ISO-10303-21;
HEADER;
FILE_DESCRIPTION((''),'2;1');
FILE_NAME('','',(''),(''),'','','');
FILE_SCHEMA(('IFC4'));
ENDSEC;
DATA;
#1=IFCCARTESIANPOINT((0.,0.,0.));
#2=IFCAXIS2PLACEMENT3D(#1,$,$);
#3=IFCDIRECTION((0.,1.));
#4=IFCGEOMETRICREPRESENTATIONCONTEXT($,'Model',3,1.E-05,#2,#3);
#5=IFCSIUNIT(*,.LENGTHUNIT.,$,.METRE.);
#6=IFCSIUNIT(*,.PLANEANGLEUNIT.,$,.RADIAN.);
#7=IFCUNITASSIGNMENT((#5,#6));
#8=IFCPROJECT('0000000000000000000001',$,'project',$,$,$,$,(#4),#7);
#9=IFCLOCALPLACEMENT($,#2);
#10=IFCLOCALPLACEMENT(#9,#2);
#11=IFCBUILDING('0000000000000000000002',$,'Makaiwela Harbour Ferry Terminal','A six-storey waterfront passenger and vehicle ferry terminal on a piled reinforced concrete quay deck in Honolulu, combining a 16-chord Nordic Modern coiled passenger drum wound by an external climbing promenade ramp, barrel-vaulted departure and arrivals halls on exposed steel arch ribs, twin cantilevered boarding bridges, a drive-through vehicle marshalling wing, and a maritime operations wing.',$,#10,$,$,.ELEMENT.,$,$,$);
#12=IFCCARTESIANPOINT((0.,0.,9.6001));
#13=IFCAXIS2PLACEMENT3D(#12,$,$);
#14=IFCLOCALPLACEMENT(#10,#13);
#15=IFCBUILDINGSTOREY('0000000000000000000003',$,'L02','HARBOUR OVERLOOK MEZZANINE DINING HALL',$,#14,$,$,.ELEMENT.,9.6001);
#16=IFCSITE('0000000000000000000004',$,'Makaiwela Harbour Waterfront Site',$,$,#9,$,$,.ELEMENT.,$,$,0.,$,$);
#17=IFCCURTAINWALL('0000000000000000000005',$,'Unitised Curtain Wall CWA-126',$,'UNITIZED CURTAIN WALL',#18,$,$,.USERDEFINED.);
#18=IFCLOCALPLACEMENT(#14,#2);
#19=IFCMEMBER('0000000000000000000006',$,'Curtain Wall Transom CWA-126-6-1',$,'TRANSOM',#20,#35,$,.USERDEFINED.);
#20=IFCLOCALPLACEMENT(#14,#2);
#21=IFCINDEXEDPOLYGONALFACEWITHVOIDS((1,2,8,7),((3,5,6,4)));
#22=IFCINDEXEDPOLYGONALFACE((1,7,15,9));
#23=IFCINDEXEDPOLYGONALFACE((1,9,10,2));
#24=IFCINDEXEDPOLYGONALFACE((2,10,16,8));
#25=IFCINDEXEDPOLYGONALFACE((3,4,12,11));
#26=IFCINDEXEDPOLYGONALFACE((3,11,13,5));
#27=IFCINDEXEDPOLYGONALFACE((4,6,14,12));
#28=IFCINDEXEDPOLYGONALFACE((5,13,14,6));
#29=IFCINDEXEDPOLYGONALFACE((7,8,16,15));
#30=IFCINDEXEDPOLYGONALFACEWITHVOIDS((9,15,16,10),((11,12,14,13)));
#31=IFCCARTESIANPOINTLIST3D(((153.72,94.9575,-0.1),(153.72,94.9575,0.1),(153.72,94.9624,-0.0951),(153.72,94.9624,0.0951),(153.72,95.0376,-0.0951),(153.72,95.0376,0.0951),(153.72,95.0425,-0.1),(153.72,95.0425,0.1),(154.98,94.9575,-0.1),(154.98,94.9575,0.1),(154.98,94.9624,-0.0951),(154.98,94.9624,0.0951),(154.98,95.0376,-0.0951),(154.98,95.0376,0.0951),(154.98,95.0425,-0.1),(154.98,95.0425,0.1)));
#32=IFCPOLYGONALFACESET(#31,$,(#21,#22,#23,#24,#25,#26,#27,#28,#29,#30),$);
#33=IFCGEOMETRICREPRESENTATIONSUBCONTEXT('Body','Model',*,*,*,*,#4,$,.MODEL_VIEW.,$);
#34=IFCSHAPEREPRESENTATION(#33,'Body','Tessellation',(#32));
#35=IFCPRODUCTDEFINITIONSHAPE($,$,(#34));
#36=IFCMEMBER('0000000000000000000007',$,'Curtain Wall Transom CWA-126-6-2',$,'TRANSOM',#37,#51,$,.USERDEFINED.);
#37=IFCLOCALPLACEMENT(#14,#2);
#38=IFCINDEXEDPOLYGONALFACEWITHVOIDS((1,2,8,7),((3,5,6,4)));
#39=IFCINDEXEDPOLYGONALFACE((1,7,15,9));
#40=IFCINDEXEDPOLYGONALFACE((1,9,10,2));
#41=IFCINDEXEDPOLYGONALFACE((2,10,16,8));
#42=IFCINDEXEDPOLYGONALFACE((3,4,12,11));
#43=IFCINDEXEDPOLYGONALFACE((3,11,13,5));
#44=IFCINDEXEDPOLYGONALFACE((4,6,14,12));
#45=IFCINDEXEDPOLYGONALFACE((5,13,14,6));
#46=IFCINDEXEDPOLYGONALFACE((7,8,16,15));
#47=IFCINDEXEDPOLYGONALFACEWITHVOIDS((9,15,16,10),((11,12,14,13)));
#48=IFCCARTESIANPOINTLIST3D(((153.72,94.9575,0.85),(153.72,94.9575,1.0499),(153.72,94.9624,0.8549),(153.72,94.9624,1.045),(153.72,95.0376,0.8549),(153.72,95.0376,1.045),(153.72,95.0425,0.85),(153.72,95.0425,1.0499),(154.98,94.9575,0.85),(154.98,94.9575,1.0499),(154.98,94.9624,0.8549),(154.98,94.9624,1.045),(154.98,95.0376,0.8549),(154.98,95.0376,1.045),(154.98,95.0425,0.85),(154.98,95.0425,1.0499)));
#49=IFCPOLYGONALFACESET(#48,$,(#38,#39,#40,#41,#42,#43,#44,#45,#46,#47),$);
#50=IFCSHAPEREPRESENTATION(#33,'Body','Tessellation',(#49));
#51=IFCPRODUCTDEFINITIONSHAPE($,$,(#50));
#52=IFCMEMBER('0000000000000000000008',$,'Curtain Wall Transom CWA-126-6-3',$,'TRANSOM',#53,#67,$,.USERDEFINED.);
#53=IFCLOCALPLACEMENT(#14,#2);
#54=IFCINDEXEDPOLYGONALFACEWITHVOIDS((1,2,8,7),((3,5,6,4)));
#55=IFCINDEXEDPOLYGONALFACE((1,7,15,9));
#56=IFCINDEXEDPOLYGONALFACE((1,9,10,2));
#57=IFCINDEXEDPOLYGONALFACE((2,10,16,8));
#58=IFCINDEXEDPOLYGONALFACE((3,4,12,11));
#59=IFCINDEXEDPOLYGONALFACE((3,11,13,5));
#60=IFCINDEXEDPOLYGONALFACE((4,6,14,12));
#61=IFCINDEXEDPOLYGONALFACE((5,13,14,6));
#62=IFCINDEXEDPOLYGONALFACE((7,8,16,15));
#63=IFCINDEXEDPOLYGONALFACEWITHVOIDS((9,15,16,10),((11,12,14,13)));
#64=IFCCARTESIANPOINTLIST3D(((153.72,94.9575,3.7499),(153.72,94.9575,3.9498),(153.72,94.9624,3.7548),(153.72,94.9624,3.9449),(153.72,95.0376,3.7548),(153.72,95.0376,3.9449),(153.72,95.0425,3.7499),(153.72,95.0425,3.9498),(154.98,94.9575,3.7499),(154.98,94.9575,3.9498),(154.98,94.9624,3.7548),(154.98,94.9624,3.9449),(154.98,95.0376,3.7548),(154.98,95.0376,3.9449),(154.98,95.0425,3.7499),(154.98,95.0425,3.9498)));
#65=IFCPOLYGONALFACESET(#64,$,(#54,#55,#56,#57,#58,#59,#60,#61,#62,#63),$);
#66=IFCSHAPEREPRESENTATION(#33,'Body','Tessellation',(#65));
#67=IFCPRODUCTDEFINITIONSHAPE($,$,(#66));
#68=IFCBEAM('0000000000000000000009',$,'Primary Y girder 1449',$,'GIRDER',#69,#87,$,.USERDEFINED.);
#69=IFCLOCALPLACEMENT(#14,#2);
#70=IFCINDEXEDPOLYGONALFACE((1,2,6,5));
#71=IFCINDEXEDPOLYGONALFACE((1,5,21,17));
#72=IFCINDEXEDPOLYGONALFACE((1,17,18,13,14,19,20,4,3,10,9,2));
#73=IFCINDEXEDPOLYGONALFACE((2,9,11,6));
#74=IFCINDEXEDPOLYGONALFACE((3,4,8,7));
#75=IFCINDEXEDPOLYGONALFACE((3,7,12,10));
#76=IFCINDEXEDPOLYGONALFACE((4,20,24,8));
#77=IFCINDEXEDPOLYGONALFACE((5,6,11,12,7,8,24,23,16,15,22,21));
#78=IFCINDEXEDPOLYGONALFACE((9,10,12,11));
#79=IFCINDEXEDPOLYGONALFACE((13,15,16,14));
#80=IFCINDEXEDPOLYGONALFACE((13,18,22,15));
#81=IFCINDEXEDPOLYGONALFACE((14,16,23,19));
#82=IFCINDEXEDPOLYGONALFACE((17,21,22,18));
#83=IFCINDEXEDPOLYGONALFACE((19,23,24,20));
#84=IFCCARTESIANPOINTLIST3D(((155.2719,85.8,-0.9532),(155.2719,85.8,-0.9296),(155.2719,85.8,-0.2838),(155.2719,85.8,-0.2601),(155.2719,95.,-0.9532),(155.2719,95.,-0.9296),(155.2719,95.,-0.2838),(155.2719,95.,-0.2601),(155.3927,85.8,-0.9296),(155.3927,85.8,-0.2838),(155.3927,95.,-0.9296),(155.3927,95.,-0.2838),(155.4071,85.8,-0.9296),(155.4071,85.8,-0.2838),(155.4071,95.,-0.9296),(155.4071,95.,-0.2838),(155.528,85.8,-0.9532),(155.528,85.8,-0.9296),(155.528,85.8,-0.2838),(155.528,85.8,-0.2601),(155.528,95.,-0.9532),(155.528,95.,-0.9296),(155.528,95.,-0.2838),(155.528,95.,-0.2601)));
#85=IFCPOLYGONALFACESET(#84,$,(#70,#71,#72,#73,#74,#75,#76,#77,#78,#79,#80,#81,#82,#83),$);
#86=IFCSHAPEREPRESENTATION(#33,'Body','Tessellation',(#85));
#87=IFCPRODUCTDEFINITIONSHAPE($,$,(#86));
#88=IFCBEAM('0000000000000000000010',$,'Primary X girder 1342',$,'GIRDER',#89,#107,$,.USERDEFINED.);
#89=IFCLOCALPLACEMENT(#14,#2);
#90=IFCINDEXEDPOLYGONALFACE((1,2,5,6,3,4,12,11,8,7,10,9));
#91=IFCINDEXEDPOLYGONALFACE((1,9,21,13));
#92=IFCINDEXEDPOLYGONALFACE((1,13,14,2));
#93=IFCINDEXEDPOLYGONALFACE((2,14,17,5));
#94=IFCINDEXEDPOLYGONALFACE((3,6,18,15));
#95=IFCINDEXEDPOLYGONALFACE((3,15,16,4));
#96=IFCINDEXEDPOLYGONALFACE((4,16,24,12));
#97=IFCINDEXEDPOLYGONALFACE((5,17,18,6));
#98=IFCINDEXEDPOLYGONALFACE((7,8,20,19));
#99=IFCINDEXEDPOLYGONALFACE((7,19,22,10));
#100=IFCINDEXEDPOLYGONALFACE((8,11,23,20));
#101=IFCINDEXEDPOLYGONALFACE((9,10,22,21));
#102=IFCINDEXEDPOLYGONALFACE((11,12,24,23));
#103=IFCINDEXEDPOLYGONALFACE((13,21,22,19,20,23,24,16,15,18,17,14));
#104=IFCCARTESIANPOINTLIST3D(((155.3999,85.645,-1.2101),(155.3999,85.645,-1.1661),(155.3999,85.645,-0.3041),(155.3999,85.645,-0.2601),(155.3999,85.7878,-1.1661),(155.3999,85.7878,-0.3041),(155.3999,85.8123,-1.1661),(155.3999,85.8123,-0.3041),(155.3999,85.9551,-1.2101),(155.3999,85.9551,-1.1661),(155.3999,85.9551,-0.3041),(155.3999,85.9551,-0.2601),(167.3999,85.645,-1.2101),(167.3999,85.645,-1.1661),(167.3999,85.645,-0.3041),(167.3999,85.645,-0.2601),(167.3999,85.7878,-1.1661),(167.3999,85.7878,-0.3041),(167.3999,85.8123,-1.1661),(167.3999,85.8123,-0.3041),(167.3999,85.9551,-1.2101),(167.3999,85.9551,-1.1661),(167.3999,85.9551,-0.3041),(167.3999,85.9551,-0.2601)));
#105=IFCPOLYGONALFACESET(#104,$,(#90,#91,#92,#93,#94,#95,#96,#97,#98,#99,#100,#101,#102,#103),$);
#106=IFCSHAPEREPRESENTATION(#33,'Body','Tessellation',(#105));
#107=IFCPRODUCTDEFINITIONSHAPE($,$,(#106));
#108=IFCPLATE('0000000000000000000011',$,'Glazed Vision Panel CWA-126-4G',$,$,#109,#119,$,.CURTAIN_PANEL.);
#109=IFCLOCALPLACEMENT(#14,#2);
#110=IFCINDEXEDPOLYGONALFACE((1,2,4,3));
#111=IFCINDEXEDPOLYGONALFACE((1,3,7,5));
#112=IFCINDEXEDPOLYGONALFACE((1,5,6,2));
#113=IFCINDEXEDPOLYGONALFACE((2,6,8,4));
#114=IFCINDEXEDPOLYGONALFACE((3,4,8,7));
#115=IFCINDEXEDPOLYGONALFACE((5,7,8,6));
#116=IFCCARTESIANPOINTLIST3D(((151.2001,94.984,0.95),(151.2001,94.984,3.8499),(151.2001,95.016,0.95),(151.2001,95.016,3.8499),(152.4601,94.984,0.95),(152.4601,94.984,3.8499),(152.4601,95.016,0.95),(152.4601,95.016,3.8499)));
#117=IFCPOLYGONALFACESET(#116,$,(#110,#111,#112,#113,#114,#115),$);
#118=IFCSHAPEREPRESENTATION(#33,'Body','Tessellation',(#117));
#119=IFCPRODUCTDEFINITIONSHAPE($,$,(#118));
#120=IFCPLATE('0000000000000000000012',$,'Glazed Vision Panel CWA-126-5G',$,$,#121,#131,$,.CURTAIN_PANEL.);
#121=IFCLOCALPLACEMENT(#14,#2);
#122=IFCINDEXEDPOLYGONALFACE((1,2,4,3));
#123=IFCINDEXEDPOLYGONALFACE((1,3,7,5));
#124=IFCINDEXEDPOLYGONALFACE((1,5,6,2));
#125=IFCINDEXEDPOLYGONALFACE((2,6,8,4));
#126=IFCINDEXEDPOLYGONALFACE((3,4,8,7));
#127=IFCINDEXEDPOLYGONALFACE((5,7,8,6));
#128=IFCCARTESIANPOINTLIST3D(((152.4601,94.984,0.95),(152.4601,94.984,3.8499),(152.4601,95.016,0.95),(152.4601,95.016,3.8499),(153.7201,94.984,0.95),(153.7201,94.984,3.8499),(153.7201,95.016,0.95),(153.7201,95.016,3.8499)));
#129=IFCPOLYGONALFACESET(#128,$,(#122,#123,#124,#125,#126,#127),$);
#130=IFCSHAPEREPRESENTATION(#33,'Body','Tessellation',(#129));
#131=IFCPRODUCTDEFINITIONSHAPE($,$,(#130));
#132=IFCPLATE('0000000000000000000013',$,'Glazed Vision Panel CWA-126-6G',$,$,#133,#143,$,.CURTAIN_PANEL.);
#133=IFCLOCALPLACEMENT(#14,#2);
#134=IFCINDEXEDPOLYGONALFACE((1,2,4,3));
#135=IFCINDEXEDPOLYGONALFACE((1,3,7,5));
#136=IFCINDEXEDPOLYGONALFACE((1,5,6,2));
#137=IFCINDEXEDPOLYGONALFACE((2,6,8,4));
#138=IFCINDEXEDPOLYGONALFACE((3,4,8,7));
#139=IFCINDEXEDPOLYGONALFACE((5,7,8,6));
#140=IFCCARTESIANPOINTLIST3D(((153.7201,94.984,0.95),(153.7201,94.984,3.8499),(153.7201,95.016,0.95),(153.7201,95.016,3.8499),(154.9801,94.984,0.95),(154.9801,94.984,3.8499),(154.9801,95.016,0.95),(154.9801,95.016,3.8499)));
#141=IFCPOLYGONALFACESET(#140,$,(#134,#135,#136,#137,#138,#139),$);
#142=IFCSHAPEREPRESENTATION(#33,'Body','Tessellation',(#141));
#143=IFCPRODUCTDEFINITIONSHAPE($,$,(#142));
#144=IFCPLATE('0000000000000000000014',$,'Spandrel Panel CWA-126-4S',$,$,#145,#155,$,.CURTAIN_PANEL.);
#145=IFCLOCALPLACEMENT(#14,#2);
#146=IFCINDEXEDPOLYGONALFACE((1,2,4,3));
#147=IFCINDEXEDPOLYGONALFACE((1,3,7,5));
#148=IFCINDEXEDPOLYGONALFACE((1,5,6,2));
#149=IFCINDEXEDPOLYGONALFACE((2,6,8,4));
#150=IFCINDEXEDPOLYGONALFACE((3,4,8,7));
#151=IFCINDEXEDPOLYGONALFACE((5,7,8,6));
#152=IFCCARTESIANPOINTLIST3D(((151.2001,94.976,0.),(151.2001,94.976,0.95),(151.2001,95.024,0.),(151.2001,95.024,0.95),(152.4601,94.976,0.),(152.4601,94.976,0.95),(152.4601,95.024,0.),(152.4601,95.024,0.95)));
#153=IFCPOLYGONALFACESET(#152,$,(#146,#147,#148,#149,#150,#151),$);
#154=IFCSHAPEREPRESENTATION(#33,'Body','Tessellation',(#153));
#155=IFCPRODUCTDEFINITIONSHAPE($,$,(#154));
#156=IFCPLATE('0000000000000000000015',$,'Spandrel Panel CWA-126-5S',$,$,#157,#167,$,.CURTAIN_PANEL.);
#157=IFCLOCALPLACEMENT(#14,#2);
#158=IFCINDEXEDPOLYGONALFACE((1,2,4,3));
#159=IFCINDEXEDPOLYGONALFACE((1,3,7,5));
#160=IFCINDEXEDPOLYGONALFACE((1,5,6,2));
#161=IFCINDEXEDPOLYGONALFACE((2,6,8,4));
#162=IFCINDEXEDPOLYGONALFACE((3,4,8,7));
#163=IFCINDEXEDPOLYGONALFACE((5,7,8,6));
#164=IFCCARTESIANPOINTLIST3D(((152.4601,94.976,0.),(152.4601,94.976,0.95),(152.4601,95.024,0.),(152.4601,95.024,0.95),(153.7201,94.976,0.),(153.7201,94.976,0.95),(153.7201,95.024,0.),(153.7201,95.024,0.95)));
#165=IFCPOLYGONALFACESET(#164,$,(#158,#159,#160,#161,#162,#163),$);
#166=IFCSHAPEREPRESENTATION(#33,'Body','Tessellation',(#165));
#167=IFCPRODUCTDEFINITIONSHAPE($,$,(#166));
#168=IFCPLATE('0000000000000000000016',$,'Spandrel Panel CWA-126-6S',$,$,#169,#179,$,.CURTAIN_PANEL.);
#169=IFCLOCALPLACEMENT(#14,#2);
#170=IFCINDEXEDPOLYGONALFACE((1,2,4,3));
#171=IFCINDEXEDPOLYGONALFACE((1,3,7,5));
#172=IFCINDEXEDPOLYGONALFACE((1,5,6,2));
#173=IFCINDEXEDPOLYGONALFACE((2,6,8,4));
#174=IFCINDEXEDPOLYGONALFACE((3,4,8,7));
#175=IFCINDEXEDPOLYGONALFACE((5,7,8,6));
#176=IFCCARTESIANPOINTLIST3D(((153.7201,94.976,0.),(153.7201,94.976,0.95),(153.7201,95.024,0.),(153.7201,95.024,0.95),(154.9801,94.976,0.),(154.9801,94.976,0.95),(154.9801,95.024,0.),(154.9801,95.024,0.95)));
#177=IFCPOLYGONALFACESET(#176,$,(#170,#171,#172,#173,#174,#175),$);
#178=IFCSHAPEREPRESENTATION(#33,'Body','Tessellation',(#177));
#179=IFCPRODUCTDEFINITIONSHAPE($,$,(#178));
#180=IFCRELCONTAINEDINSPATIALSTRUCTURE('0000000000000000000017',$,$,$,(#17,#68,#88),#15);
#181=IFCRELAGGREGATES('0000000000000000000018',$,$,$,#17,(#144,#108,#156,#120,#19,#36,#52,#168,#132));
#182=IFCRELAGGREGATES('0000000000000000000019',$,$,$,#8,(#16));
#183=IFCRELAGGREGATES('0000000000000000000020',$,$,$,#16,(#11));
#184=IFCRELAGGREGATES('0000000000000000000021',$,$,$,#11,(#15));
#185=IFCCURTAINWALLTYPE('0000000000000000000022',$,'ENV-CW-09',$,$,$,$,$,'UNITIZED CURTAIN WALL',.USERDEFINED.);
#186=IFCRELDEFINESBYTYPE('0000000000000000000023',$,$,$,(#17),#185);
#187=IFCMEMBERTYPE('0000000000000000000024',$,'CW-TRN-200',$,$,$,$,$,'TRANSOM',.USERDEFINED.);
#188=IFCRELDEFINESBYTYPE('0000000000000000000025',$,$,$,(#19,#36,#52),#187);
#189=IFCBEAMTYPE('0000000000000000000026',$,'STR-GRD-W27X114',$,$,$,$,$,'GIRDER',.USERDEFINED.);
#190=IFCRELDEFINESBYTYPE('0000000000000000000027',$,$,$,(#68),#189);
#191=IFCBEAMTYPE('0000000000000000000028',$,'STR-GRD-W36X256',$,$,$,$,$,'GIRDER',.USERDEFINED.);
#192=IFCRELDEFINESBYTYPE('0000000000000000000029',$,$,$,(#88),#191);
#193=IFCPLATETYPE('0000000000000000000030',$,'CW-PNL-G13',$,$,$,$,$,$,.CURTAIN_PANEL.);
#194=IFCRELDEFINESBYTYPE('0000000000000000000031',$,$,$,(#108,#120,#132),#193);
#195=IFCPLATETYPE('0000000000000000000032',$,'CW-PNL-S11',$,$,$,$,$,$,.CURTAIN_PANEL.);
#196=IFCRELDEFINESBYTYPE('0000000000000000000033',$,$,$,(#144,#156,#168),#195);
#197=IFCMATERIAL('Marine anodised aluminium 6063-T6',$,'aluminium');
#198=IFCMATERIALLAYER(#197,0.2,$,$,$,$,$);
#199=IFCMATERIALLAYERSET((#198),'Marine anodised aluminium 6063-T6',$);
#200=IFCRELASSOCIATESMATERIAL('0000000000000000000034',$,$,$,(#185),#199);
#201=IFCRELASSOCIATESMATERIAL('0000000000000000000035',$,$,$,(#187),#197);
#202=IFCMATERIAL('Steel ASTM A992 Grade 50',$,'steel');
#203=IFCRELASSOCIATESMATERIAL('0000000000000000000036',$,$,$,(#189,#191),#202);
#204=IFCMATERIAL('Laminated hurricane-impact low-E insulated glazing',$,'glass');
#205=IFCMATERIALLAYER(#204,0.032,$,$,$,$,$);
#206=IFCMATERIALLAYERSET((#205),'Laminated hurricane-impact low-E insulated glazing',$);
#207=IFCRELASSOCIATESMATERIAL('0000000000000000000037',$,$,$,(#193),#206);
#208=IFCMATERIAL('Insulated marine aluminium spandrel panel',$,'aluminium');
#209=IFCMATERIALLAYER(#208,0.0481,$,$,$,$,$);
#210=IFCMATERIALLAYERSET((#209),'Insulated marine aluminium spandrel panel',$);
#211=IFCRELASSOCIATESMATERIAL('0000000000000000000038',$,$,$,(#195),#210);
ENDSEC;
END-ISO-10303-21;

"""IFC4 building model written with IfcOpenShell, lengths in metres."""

from ifc_helpers import new_model, si_unit, direction, frame, origin, origin_2d, place, context, subcontext, project, spatial, rectangle, hollow_rectangle, i_section, extrude, material, layer, layer_set, material_profile, profile_set, type_object, element, aggregate, save


model = new_model("IFC4")

# Units and contexts
model_context = context("Model", 3, precision=1e-05, world=origin(), true_north=direction((0.0, 1.0)))
body_context = subcontext(model_context, "Body", "Model", "MODEL_VIEW")
ifc_project = project(units=[si_unit("LENGTHUNIT", "METRE"), si_unit("PLANEANGLEUNIT", "RADIAN")], contexts=[model_context])

# Site, building, storey
site_placement = place(None, origin())
site = spatial("IfcSite", under=ifc_project, at=site_placement, Name="Makaiwela Harbour Waterfront Site", CompositionType="ELEMENT", RefElevation=0.0)
building_placement = place(site_placement, origin())
building = spatial("IfcBuilding", under=site, at=building_placement, Name="Makaiwela Harbour Ferry Terminal", Description="A six-storey waterfront passenger and vehicle ferry terminal on a piled reinforced concrete quay deck in Honolulu, combining a 16-chord Nordic Modern coiled passenger drum wound by an external climbing promenade ramp, barrel-vaulted departure and arrivals halls on exposed steel arch ribs, twin cantilevered boarding bridges, a drive-through vehicle marshalling wing, and a maritime operations wing.", CompositionType="ELEMENT")
storey_placement = place(building_placement, frame((0.0, 0.0, 9.6001)))
storey = spatial("IfcBuildingStorey", under=building, at=storey_placement, Name="L02", Description="HARBOUR OVERLOOK MEZZANINE DINING HALL", CompositionType="ELEMENT", Elevation=9.6001)

# Shared definitions
ifc_material_1 = material(Name="Steel ASTM A992 Grade 50", Category="steel")

# Curtain wall, members
ifc_material_2 = material(Name="Marine anodised aluminium 6063-T6", Category="aluminium")
ifc_layer_1 = layer(ifc_material_2, 0.2)
ifc_layer_set_1 = layer_set([ifc_layer_1], Name="Marine anodised aluminium 6063-T6")
curtain_wall_type = type_object("IfcCurtainWallType", Name="ENV-CW-09", ElementType="UNITIZED CURTAIN WALL", PredefinedType="USERDEFINED", material=ifc_layer_set_1)
curtain_wall_placement = place(storey_placement, origin())
curtain_wall = element("IfcCurtainWall", 1, at=curtain_wall_placement, inside=storey, type_object=curtain_wall_type, Name="Unitised Curtain Wall CWA-126", ObjectType="UNITIZED CURTAIN WALL", PredefinedType="USERDEFINED")
ifc_material_profile_1 = material_profile(ifc_material_2, hollow_rectangle(XDim=0.085, YDim=0.2, WallThickness=0.0049, at=origin_2d()), Name="CWT-200X85")
ifc_profile_set_1 = profile_set([ifc_material_profile_1], Name="Marine anodised aluminium 6063-T6")
member_type_1 = type_object("IfcMemberType", Name="CW-TRN-200", ElementType="TRANSOM", PredefinedType="USERDEFINED", material=ifc_profile_set_1)
member_1_placement = place(storey_placement, frame((153.72, 95.0, 0.0), z_axis=(1.0, 0.0, 0.0), x_axis=(0.0, 1.0, 0.0)))
member_1 = element("IfcMember", 2, at=member_1_placement, type_object=member_type_1, Name="Curtain Wall Transom CWA-126-6-1", ObjectType="TRANSOM", PredefinedType="USERDEFINED", context=body_context, shape_type="SweptSolid", body=[
    extrude(hollow_rectangle(XDim=0.085, YDim=0.2, WallThickness=0.0049, at=origin_2d()), origin(), (0.0, 0.0, 1.0), 1.26),
])
member_2_placement = place(storey_placement, frame((153.72, 95.0, 0.95), z_axis=(1.0, 0.0, 0.0), x_axis=(0.0, 1.0, 0.0)))
member_2 = element("IfcMember", 3, at=member_2_placement, type_object=member_type_1, Name="Curtain Wall Transom CWA-126-6-2", ObjectType="TRANSOM", PredefinedType="USERDEFINED", context=body_context, shape_type="SweptSolid", body=[
    extrude(hollow_rectangle(XDim=0.085, YDim=0.2, WallThickness=0.0049, at=origin_2d()), origin(), (0.0, 0.0, 1.0), 1.26),
])
member_3_placement = place(storey_placement, frame((153.72, 95.0, 3.8499), z_axis=(1.0, 0.0, 0.0), x_axis=(0.0, 1.0, 0.0)))
member_3 = element("IfcMember", 4, at=member_3_placement, type_object=member_type_1, Name="Curtain Wall Transom CWA-126-6-3", ObjectType="TRANSOM", PredefinedType="USERDEFINED", context=body_context, shape_type="SweptSolid", body=[
    extrude(hollow_rectangle(XDim=0.085, YDim=0.2, WallThickness=0.0049, at=origin_2d()), origin(), (0.0, 0.0, 1.0), 1.26),
])

# Beams
ifc_material_profile_2 = material_profile(ifc_material_1, i_section(OverallWidth=0.2561, OverallDepth=0.6931, WebThickness=0.0144, FlangeThickness=0.0237, at=origin_2d()), Name="W27X114")
ifc_profile_set_2 = profile_set([ifc_material_profile_2], Name="Steel ASTM A992 Grade 50")
beam_type_1 = type_object("IfcBeamType", Name="STR-GRD-W27X114", ElementType="GIRDER", PredefinedType="USERDEFINED", material=ifc_profile_set_2)
beam_1_placement = place(storey_placement, frame((155.3999, 85.8, -0.6067), z_axis=(0.0, 1.0, 0.0), x_axis=(-1.0, 0.0, 0.0)))
element("IfcBeam", 5, at=beam_1_placement, inside=storey, type_object=beam_type_1, Name="Primary Y girder 1449", ObjectType="GIRDER", PredefinedType="USERDEFINED", context=body_context, shape_type="SweptSolid", body=[
    extrude(i_section(OverallWidth=0.2561, OverallDepth=0.6931, WebThickness=0.0144, FlangeThickness=0.0237, at=origin_2d()), origin(), (0.0, 0.0, 1.0), 9.2),
])
ifc_material_profile_3 = material_profile(ifc_material_1, i_section(OverallWidth=0.3101, OverallDepth=0.95, WebThickness=0.0244, FlangeThickness=0.0439, at=origin_2d()), Name="W36X256")
ifc_profile_set_3 = profile_set([ifc_material_profile_3], Name="Steel ASTM A992 Grade 50")
beam_type_2 = type_object("IfcBeamType", Name="STR-GRD-W36X256", ElementType="GIRDER", PredefinedType="USERDEFINED", material=ifc_profile_set_3)
beam_2_placement = place(storey_placement, frame((155.3999, 85.8, -0.7351), z_axis=(1.0, 0.0, 0.0), x_axis=(0.0, 1.0, 0.0)))
element("IfcBeam", 6, at=beam_2_placement, inside=storey, type_object=beam_type_2, Name="Primary X girder 1342", ObjectType="GIRDER", PredefinedType="USERDEFINED", context=body_context, shape_type="SweptSolid", body=[
    extrude(i_section(OverallWidth=0.3101, OverallDepth=0.95, WebThickness=0.0244, FlangeThickness=0.0439, at=origin_2d()), origin(), (0.0, 0.0, 1.0), 12.0),
])

# Plates
ifc_material_3 = material(Name="Laminated hurricane-impact low-E insulated glazing", Category="glass")
ifc_layer_2 = layer(ifc_material_3, 0.032)
ifc_layer_set_2 = layer_set([ifc_layer_2], Name="Laminated hurricane-impact low-E insulated glazing")
plate_type_1 = type_object("IfcPlateType", Name="CW-PNL-G13", PredefinedType="CURTAIN_PANEL", material=ifc_layer_set_2)
plate_1_placement = place(storey_placement, frame((151.8301, 95.0, 0.95), z_axis=(0.0, 0.0, 1.0), x_axis=(1.0, 0.0, 0.0)))
plate_1 = element("IfcPlate", 7, at=plate_1_placement, type_object=plate_type_1, Name="Glazed Vision Panel CWA-126-4G", PredefinedType="CURTAIN_PANEL", context=body_context, shape_type="SweptSolid", body=[
    extrude(rectangle(XDim=1.26, YDim=0.032, at=origin_2d()), origin(), (0.0, 0.0, 1.0), 2.8999),
])
plate_2_placement = place(storey_placement, frame((153.0901, 95.0, 0.95), z_axis=(0.0, 0.0, 1.0), x_axis=(1.0, 0.0, 0.0)))
plate_2 = element("IfcPlate", 8, at=plate_2_placement, type_object=plate_type_1, Name="Glazed Vision Panel CWA-126-5G", PredefinedType="CURTAIN_PANEL", context=body_context, shape_type="SweptSolid", body=[
    extrude(rectangle(XDim=1.26, YDim=0.032, at=origin_2d()), origin(), (0.0, 0.0, 1.0), 2.8999),
])
plate_3_placement = place(storey_placement, frame((154.3501, 95.0, 0.95), z_axis=(0.0, 0.0, 1.0), x_axis=(1.0, 0.0, 0.0)))
plate_3 = element("IfcPlate", 9, at=plate_3_placement, type_object=plate_type_1, Name="Glazed Vision Panel CWA-126-6G", PredefinedType="CURTAIN_PANEL", context=body_context, shape_type="SweptSolid", body=[
    extrude(rectangle(XDim=1.26, YDim=0.032, at=origin_2d()), origin(), (0.0, 0.0, 1.0), 2.8999),
])
ifc_material_4 = material(Name="Insulated marine aluminium spandrel panel", Category="aluminium")
ifc_layer_3 = layer(ifc_material_4, 0.0481)
ifc_layer_set_3 = layer_set([ifc_layer_3], Name="Insulated marine aluminium spandrel panel")
plate_type_2 = type_object("IfcPlateType", Name="CW-PNL-S11", PredefinedType="CURTAIN_PANEL", material=ifc_layer_set_3)
plate_4_placement = place(storey_placement, frame((151.8301, 95.0, 0.0), z_axis=(0.0, 0.0, 1.0), x_axis=(1.0, 0.0, 0.0)))
plate_4 = element("IfcPlate", 10, at=plate_4_placement, type_object=plate_type_2, Name="Spandrel Panel CWA-126-4S", PredefinedType="CURTAIN_PANEL", context=body_context, shape_type="SweptSolid", body=[
    extrude(rectangle(XDim=1.26, YDim=0.0481, at=origin_2d()), origin(), (0.0, 0.0, 1.0), 0.95),
])
plate_5_placement = place(storey_placement, frame((153.0901, 95.0, 0.0), z_axis=(0.0, 0.0, 1.0), x_axis=(1.0, 0.0, 0.0)))
plate_5 = element("IfcPlate", 11, at=plate_5_placement, type_object=plate_type_2, Name="Spandrel Panel CWA-126-5S", PredefinedType="CURTAIN_PANEL", context=body_context, shape_type="SweptSolid", body=[
    extrude(rectangle(XDim=1.26, YDim=0.0481, at=origin_2d()), origin(), (0.0, 0.0, 1.0), 0.95),
])
plate_6_placement = place(storey_placement, frame((154.3501, 95.0, 0.0), z_axis=(0.0, 0.0, 1.0), x_axis=(1.0, 0.0, 0.0)))
plate_6 = element("IfcPlate", 12, at=plate_6_placement, type_object=plate_type_2, Name="Spandrel Panel CWA-126-6S", PredefinedType="CURTAIN_PANEL", context=body_context, shape_type="SweptSolid", body=[
    extrude(rectangle(XDim=1.26, YDim=0.0481, at=origin_2d()), origin(), (0.0, 0.0, 1.0), 0.95),
])
aggregate(curtain_wall, [plate_4, plate_1, plate_5, plate_2, member_1, member_2, member_3, plate_6, plate_3])

save(model, "model.ifc")
